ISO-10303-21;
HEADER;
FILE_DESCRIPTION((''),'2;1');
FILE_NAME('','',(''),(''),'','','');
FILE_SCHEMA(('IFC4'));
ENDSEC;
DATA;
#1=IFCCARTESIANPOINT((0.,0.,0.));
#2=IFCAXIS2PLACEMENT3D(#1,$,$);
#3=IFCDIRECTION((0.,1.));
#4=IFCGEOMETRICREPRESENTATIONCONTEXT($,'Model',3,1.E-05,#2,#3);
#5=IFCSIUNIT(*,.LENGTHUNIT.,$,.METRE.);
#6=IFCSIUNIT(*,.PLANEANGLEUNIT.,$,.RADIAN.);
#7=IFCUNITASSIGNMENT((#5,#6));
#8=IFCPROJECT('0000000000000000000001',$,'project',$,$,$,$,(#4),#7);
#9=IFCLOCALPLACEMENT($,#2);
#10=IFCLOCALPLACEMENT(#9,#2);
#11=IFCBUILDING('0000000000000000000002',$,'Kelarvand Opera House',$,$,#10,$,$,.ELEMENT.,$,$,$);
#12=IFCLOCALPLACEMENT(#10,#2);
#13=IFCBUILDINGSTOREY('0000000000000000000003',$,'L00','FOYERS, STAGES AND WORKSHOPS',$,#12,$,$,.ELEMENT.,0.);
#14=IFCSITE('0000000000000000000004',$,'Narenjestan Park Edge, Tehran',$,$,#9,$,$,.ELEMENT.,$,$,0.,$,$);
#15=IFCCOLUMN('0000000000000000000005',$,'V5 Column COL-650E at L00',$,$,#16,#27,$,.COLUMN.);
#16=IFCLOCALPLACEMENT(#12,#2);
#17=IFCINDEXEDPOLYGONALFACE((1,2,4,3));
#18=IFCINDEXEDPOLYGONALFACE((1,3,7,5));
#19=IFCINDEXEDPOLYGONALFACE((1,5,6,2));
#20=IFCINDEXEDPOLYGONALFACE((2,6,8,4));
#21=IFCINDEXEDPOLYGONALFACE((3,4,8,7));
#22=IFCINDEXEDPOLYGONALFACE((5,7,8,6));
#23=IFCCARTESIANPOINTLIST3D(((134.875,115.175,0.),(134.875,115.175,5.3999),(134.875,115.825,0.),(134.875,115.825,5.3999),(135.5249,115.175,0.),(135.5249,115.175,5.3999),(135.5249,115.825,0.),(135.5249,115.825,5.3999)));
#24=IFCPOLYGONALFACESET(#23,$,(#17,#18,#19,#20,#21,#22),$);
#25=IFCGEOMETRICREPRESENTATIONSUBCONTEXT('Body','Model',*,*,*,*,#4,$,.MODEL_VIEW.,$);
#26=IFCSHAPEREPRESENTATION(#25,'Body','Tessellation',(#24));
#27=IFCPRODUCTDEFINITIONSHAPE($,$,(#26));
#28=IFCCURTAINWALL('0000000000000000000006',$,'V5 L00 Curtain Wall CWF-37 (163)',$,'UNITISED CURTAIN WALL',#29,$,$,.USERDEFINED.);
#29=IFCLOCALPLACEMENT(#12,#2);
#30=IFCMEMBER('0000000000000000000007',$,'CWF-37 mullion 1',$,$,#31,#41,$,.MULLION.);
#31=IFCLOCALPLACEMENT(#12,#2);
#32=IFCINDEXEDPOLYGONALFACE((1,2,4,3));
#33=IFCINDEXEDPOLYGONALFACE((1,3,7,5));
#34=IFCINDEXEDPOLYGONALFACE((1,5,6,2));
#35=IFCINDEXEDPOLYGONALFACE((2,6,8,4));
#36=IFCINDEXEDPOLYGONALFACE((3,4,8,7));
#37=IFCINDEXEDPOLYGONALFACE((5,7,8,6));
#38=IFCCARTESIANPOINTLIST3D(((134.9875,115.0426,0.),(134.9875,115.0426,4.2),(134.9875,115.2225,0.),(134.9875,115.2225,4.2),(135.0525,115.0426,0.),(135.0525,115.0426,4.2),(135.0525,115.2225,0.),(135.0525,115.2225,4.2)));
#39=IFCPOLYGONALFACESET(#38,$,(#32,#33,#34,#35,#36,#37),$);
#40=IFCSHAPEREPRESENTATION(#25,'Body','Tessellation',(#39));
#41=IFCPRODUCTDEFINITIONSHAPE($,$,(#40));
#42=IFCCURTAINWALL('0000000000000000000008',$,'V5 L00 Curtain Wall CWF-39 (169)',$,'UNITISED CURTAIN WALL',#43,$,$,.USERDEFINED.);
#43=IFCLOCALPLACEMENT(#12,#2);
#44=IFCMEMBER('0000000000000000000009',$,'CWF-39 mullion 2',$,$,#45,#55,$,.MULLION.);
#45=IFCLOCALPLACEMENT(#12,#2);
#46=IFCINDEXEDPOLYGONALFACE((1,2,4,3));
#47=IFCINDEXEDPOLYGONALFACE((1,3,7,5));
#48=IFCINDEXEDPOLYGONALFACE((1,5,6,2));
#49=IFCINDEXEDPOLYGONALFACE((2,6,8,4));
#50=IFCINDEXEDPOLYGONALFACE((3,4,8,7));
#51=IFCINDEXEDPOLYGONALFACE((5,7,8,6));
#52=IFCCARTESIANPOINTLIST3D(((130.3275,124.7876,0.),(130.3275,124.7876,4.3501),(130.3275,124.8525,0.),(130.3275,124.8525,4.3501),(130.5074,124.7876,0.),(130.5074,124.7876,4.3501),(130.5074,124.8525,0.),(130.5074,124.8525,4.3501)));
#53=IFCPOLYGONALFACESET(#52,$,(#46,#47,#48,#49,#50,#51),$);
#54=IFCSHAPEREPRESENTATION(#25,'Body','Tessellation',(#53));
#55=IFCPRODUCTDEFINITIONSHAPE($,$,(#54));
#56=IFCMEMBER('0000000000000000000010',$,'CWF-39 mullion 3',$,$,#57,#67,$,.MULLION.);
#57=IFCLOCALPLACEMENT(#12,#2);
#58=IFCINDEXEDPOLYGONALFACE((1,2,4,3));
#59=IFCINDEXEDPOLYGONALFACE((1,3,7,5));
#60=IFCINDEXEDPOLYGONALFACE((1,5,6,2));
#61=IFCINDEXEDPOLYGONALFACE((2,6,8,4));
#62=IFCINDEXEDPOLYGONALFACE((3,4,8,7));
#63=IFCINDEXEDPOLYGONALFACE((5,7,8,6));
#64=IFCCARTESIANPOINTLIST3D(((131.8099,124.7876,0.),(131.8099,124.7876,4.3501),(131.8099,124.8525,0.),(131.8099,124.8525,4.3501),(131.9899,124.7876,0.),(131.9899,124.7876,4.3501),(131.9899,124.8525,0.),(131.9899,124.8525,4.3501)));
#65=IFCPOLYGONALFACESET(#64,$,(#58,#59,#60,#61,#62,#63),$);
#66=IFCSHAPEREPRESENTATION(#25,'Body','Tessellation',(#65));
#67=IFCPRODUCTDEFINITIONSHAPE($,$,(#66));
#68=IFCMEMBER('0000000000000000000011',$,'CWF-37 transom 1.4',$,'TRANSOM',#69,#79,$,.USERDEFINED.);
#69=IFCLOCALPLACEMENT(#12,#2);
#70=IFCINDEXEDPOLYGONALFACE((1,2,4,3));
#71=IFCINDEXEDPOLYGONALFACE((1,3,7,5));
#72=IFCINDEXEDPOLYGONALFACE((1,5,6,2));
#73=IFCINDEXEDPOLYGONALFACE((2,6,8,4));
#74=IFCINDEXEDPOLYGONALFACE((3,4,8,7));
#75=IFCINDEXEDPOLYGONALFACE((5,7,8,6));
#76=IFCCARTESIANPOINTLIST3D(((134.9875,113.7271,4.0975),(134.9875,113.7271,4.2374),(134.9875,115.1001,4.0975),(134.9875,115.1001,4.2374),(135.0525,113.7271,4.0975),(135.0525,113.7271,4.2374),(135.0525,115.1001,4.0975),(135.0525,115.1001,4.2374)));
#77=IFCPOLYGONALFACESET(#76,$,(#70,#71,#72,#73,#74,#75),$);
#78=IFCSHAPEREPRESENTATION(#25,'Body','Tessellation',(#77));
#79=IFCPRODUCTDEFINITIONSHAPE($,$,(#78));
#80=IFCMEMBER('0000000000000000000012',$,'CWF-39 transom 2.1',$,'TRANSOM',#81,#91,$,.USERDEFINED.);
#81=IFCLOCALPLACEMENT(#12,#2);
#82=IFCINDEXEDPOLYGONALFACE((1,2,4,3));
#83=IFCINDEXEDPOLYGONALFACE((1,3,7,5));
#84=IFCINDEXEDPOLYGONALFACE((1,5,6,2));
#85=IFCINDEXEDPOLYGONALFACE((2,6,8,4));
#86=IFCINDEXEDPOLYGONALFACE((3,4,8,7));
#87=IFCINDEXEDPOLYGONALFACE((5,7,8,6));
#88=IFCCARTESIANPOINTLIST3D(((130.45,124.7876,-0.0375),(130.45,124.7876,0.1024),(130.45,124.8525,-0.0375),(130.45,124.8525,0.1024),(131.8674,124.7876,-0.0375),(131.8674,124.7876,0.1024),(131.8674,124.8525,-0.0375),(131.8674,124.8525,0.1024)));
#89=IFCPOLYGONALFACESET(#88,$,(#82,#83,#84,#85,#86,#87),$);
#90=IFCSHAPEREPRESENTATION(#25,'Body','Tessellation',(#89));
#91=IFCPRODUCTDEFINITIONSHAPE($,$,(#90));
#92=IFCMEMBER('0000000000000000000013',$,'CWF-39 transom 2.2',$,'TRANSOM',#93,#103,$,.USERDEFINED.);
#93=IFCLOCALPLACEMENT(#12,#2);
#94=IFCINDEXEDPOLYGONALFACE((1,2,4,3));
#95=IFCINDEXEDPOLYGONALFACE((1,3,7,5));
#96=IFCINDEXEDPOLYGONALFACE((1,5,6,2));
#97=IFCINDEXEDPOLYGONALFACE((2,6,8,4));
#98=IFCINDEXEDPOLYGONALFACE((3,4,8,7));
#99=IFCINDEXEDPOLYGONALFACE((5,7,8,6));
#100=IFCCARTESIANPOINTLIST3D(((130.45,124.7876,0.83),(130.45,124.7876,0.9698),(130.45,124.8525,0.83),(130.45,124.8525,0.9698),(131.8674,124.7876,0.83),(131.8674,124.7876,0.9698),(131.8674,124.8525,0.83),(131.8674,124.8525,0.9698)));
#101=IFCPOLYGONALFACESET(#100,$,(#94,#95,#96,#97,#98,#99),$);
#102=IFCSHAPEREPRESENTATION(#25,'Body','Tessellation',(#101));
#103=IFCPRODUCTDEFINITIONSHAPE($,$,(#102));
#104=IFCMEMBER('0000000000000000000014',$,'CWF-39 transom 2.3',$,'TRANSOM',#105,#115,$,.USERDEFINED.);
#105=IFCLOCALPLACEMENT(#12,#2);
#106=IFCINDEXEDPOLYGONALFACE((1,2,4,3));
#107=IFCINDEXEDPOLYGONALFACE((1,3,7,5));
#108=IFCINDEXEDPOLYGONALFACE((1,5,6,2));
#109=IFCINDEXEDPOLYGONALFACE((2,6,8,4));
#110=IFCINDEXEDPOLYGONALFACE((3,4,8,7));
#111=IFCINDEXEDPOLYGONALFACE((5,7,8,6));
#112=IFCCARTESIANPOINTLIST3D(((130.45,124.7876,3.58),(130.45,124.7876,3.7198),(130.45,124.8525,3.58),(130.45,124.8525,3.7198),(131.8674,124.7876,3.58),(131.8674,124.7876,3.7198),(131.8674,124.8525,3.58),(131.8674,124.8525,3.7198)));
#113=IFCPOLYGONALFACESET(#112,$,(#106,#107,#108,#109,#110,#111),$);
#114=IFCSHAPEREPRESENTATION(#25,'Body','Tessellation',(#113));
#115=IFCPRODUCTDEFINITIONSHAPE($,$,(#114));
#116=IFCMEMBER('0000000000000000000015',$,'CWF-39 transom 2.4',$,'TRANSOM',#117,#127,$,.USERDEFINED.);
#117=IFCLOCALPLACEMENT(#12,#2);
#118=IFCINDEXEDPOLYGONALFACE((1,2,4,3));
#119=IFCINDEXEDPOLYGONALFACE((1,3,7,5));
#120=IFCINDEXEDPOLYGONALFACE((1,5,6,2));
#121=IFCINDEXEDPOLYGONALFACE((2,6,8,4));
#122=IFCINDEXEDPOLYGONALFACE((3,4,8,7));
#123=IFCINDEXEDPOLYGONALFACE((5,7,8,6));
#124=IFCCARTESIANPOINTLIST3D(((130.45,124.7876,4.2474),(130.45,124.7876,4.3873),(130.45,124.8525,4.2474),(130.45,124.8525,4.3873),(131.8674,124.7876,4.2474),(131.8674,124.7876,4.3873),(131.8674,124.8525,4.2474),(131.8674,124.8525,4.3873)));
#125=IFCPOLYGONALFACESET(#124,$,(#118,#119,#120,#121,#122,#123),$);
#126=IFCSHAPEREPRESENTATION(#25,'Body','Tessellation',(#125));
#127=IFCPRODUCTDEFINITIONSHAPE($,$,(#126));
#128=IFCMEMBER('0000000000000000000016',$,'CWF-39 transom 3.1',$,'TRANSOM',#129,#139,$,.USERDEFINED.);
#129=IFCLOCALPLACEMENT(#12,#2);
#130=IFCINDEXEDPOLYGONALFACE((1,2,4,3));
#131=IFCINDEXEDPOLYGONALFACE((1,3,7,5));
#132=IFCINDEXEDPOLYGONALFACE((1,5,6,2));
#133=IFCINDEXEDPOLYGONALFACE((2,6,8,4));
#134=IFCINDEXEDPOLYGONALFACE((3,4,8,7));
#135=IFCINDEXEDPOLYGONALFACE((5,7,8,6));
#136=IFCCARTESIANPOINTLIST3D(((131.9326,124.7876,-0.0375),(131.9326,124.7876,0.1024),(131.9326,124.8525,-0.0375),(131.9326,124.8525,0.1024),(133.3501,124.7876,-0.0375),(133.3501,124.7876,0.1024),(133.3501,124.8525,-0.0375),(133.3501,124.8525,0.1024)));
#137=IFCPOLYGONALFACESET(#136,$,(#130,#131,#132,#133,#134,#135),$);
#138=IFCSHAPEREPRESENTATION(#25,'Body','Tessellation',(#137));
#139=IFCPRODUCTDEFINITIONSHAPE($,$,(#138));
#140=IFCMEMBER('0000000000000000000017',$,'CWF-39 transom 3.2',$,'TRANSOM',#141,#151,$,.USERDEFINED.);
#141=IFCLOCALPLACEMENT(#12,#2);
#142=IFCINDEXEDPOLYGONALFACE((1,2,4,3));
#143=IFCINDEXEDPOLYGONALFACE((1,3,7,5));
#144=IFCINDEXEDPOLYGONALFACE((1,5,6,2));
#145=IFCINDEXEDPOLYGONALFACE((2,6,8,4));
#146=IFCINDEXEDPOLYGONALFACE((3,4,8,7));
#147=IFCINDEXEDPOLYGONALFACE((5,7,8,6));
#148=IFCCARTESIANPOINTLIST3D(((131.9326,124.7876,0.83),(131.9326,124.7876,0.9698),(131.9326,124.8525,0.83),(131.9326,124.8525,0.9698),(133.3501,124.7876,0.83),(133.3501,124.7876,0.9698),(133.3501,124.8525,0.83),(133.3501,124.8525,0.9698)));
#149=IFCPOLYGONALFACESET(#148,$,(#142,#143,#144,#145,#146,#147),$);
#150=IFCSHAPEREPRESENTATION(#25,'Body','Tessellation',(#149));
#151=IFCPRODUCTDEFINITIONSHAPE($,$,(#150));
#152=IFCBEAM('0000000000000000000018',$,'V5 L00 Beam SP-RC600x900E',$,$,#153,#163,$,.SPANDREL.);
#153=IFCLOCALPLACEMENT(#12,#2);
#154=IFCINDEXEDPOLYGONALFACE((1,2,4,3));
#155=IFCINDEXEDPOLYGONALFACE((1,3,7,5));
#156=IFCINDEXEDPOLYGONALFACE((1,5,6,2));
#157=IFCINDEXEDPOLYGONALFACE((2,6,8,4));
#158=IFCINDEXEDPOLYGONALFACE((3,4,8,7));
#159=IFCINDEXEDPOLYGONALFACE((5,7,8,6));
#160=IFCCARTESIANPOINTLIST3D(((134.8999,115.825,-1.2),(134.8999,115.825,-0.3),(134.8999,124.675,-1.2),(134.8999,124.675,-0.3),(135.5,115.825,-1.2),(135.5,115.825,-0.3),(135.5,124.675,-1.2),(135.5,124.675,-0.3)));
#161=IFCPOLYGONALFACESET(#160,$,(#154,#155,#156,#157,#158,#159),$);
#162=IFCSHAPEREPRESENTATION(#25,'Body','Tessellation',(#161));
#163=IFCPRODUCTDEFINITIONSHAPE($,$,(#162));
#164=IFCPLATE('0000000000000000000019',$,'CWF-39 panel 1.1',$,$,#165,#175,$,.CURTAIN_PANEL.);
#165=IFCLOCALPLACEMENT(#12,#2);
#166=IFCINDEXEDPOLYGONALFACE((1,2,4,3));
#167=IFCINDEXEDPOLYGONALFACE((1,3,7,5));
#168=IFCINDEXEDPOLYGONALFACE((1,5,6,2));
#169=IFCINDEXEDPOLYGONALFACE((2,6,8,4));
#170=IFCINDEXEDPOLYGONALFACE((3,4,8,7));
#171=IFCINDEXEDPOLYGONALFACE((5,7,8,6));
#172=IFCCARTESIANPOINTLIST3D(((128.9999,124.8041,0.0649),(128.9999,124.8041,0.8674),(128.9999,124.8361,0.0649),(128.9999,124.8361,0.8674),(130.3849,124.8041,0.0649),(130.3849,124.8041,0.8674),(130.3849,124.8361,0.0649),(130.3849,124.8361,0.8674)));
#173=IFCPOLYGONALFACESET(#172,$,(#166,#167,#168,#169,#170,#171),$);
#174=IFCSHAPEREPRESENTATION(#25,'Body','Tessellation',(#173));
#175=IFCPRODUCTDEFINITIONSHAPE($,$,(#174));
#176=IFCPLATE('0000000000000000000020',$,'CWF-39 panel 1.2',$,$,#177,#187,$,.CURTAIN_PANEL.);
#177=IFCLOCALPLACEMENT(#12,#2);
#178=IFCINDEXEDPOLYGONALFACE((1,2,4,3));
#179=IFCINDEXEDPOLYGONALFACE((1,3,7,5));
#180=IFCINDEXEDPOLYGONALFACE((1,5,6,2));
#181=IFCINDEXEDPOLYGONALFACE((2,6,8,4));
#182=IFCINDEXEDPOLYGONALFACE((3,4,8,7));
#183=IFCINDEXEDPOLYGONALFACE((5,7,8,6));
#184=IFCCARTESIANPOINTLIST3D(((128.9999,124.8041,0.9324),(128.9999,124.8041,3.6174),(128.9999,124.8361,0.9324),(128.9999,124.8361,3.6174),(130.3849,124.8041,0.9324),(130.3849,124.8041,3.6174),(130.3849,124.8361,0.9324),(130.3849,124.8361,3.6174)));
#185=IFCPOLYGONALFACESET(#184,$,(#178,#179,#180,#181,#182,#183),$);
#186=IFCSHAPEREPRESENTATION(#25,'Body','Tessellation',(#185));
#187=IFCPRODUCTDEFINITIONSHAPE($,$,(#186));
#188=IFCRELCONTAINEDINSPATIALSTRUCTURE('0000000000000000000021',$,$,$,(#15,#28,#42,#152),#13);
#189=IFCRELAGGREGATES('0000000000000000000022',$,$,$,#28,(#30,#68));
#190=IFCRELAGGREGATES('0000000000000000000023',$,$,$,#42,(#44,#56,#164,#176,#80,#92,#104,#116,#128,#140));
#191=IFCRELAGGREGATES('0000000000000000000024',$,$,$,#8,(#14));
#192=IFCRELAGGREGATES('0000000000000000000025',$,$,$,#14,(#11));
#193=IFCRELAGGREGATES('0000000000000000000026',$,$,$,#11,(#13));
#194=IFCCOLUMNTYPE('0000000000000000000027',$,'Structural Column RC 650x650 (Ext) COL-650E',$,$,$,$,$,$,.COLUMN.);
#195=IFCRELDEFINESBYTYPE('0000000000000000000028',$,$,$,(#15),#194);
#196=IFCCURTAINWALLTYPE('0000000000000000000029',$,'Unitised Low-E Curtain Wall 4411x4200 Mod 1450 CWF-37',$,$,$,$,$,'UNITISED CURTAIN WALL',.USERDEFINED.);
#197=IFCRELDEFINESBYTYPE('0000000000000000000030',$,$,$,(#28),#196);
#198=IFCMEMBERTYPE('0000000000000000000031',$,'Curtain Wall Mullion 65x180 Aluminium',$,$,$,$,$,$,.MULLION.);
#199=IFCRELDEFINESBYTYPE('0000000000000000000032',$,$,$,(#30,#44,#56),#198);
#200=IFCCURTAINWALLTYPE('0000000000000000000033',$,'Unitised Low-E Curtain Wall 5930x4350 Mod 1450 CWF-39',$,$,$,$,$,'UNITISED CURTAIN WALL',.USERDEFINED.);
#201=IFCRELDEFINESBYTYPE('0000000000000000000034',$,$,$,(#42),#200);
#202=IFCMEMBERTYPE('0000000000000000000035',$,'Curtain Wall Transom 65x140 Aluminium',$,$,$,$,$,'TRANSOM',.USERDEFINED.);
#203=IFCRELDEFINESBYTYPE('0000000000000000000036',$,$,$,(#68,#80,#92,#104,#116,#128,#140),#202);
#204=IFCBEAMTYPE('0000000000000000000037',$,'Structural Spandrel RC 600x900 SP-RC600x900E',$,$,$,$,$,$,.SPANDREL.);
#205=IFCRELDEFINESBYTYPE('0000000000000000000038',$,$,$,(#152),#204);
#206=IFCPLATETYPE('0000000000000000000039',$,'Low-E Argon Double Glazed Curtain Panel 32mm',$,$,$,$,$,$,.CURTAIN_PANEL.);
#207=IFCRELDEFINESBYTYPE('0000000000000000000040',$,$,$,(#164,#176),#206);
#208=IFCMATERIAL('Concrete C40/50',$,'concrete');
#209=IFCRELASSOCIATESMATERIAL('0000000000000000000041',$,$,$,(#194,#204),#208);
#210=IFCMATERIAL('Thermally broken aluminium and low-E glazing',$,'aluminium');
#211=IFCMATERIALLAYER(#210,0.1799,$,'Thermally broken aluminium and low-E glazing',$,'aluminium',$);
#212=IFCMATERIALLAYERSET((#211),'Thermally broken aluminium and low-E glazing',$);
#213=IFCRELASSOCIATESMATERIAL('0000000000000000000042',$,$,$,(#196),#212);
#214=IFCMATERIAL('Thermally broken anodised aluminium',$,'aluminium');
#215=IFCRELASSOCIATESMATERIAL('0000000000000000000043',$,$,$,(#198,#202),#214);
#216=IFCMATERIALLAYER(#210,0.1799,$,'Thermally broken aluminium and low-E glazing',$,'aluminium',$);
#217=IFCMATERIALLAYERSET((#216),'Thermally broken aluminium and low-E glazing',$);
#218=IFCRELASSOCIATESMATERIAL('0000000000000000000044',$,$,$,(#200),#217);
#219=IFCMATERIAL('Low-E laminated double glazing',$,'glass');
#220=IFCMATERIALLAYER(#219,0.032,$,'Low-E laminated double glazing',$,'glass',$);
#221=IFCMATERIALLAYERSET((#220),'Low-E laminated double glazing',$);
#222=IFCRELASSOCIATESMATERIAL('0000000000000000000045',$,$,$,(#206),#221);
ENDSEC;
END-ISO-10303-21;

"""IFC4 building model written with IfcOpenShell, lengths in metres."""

from ifc_helpers import new_model, si_unit, direction, frame, origin, origin_2d, place, context, subcontext, project, spatial, rectangle, extrude, material, layer, layer_set, material_profile, profile_set, type_object, element, aggregate, save


model = new_model("IFC4")

# Units and contexts
model_context = context("Model", 3, precision=1e-05, world=origin(), true_north=direction((0.0, 1.0)))
body_context = subcontext(model_context, "Body", "Model", "MODEL_VIEW")
ifc_project = project(units=[si_unit("LENGTHUNIT", "METRE"), si_unit("PLANEANGLEUNIT", "RADIAN")], contexts=[model_context])

# Site, building, storey
site_placement = place(None, origin())
site = spatial("IfcSite", under=ifc_project, at=site_placement, Name="Narenjestan Park Edge, Tehran", CompositionType="ELEMENT", RefElevation=0.0)
building_placement = place(site_placement, origin())
building = spatial("IfcBuilding", under=site, at=building_placement, Name="Kelarvand Opera House", CompositionType="ELEMENT")
storey_placement = place(building_placement, origin())
storey = spatial("IfcBuildingStorey", under=building, at=storey_placement, Name="L00", Description="FOYERS, STAGES AND WORKSHOPS", CompositionType="ELEMENT", Elevation=0.0)

# Column
ifc_material_1 = material(Name="Concrete C40/50", Category="concrete")
ifc_material_profile_1 = material_profile(ifc_material_1, rectangle(XDim=0.6499, YDim=0.6499, at=origin_2d()), Name="RC 650x650", Category="concrete")
ifc_profile_set_1 = profile_set([ifc_material_profile_1], Name="Concrete C40/50")
column_type = type_object("IfcColumnType", Name="Structural Column RC 650x650 (Ext) COL-650E", PredefinedType="COLUMN", material=ifc_profile_set_1)
column_placement = place(storey_placement, frame((135.2, 115.5, 0.0), z_axis=(0.0, 0.0, 1.0), x_axis=(1.0, 0.0, 0.0)))
element("IfcColumn", 1, at=column_placement, inside=storey, type_object=column_type, Name="V5 Column COL-650E at L00", PredefinedType="COLUMN", context=body_context, shape_type="SweptSolid", body=[
    extrude(rectangle(XDim=0.6499, YDim=0.6499, at=origin_2d()), origin(), (0.0, 0.0, 1.0), 5.3999),
])

# Curtain wall, member
ifc_material_2 = material(Name="Thermally broken aluminium and low-E glazing", Category="aluminium")
ifc_layer_1 = layer(ifc_material_2, 0.1799, Name="Thermally broken aluminium and low-E glazing", Category="aluminium")
ifc_layer_set_1 = layer_set([ifc_layer_1], Name="Thermally broken aluminium and low-E glazing")
curtain_wall_type_1 = type_object("IfcCurtainWallType", Name="Unitised Low-E Curtain Wall 4411x4200 Mod 1450 CWF-37", ElementType="UNITISED CURTAIN WALL", PredefinedType="USERDEFINED", material=ifc_layer_set_1)
curtain_wall_1_placement = place(storey_placement, origin())
curtain_wall_1 = element("IfcCurtainWall", 2, at=curtain_wall_1_placement, inside=storey, type_object=curtain_wall_type_1, Name="V5 L00 Curtain Wall CWF-37 (163)", ObjectType="UNITISED CURTAIN WALL", PredefinedType="USERDEFINED")
ifc_material_3 = material(Name="Thermally broken anodised aluminium", Category="aluminium")
ifc_material_profile_2 = material_profile(ifc_material_3, rectangle(XDim=0.0649, YDim=0.1799, at=origin_2d()), Name="ALU MULLION 65x180", Category="aluminium")
ifc_profile_set_2 = profile_set([ifc_material_profile_2], Name="Thermally broken anodised aluminium")
member_type_1 = type_object("IfcMemberType", Name="Curtain Wall Mullion 65x180 Aluminium", PredefinedType="MULLION", material=ifc_profile_set_2)
member_1_placement = place(storey_placement, frame((135.02, 115.1326, 0.0), z_axis=(0.0, 0.0, 1.0), x_axis=(1.0, 0.0, 0.0)))
member_1 = element("IfcMember", 3, at=member_1_placement, type_object=member_type_1, Name="CWF-37 mullion 1", PredefinedType="MULLION", context=body_context, shape_type="SweptSolid", body=[
    extrude(rectangle(XDim=0.0649, YDim=0.1799, at=origin_2d()), origin(), (0.0, 0.0, 1.0), 4.2),
])

# Curtain wall, members
ifc_layer_2 = layer(ifc_material_2, 0.1799, Name="Thermally broken aluminium and low-E glazing", Category="aluminium")
ifc_layer_set_2 = layer_set([ifc_layer_2], Name="Thermally broken aluminium and low-E glazing")
curtain_wall_type_2 = type_object("IfcCurtainWallType", Name="Unitised Low-E Curtain Wall 5930x4350 Mod 1450 CWF-39", ElementType="UNITISED CURTAIN WALL", PredefinedType="USERDEFINED", material=ifc_layer_set_2)
curtain_wall_2_placement = place(storey_placement, origin())
curtain_wall_2 = element("IfcCurtainWall", 4, at=curtain_wall_2_placement, inside=storey, type_object=curtain_wall_type_2, Name="V5 L00 Curtain Wall CWF-39 (169)", ObjectType="UNITISED CURTAIN WALL", PredefinedType="USERDEFINED")
member_2_placement = place(storey_placement, frame((130.4175, 124.8201, 0.0), z_axis=(0.0, 0.0, 1.0), x_axis=(0.0, 1.0, 0.0)))
member_2 = element("IfcMember", 5, at=member_2_placement, type_object=member_type_1, Name="CWF-39 mullion 2", PredefinedType="MULLION", context=body_context, shape_type="SweptSolid", body=[
    extrude(rectangle(XDim=0.0649, YDim=0.1799, at=origin_2d()), origin(), (0.0, 0.0, 1.0), 4.3501),
])
member_3_placement = place(storey_placement, frame((131.8999, 124.8201, 0.0), z_axis=(0.0, 0.0, 1.0), x_axis=(0.0, 1.0, 0.0)))
member_3 = element("IfcMember", 6, at=member_3_placement, type_object=member_type_1, Name="CWF-39 mullion 3", PredefinedType="MULLION", context=body_context, shape_type="SweptSolid", body=[
    extrude(rectangle(XDim=0.0649, YDim=0.1799, at=origin_2d()), origin(), (0.0, 0.0, 1.0), 4.3501),
])

# Members
ifc_material_profile_3 = material_profile(ifc_material_3, rectangle(XDim=0.0649, YDim=0.1399, at=origin_2d()), Name="ALU TRANSOM 65x140", Category="aluminium")
ifc_profile_set_3 = profile_set([ifc_material_profile_3], Name="Thermally broken anodised aluminium")
member_type_2 = type_object("IfcMemberType", Name="Curtain Wall Transom 65x140 Aluminium", ElementType="TRANSOM", PredefinedType="USERDEFINED", material=ifc_profile_set_3)
member_4_placement = place(storey_placement, frame((135.02, 115.1001, 4.1675), z_axis=(0.0, -1.0, 0.0), x_axis=(1.0, 0.0, 0.0)))
member_4 = element("IfcMember", 7, at=member_4_placement, type_object=member_type_2, Name="CWF-37 transom 1.4", ObjectType="TRANSOM", PredefinedType="USERDEFINED", context=body_context, shape_type="SweptSolid", body=[
    extrude(rectangle(XDim=0.0649, YDim=0.1399, at=origin_2d()), origin(), (0.0, 0.0, 1.0), 1.373),
])
aggregate(curtain_wall_1, [member_1, member_4])
member_5_placement = place(storey_placement, frame((130.45, 124.8201, 0.0325), z_axis=(1.0, 0.0, 0.0), x_axis=(0.0, 1.0, 0.0)))
member_5 = element("IfcMember", 8, at=member_5_placement, type_object=member_type_2, Name="CWF-39 transom 2.1", ObjectType="TRANSOM", PredefinedType="USERDEFINED", context=body_context, shape_type="SweptSolid", body=[
    extrude(rectangle(XDim=0.0649, YDim=0.1399, at=origin_2d()), origin(), (0.0, 0.0, 1.0), 1.4175),
])
member_6_placement = place(storey_placement, frame((130.45, 124.8201, 0.8999), z_axis=(1.0, 0.0, 0.0), x_axis=(0.0, 1.0, 0.0)))
member_6 = element("IfcMember", 9, at=member_6_placement, type_object=member_type_2, Name="CWF-39 transom 2.2", ObjectType="TRANSOM", PredefinedType="USERDEFINED", context=body_context, shape_type="SweptSolid", body=[
    extrude(rectangle(XDim=0.0649, YDim=0.1399, at=origin_2d()), origin(), (0.0, 0.0, 1.0), 1.4175),
])
member_7_placement = place(storey_placement, frame((130.45, 124.8201, 3.6499), z_axis=(1.0, 0.0, 0.0), x_axis=(0.0, 1.0, 0.0)))
member_7 = element("IfcMember", 10, at=member_7_placement, type_object=member_type_2, Name="CWF-39 transom 2.3", ObjectType="TRANSOM", PredefinedType="USERDEFINED", context=body_context, shape_type="SweptSolid", body=[
    extrude(rectangle(XDim=0.0649, YDim=0.1399, at=origin_2d()), origin(), (0.0, 0.0, 1.0), 1.4175),
])
member_8_placement = place(storey_placement, frame((130.45, 124.8201, 4.3174), z_axis=(1.0, 0.0, 0.0), x_axis=(0.0, 1.0, 0.0)))
member_8 = element("IfcMember", 11, at=member_8_placement, type_object=member_type_2, Name="CWF-39 transom 2.4", ObjectType="TRANSOM", PredefinedType="USERDEFINED", context=body_context, shape_type="SweptSolid", body=[
    extrude(rectangle(XDim=0.0649, YDim=0.1399, at=origin_2d()), origin(), (0.0, 0.0, 1.0), 1.4175),
])
member_9_placement = place(storey_placement, frame((131.9326, 124.8201, 0.0325), z_axis=(1.0, 0.0, 0.0), x_axis=(0.0, 1.0, 0.0)))
member_9 = element("IfcMember", 12, at=member_9_placement, type_object=member_type_2, Name="CWF-39 transom 3.1", ObjectType="TRANSOM", PredefinedType="USERDEFINED", context=body_context, shape_type="SweptSolid", body=[
    extrude(rectangle(XDim=0.0649, YDim=0.1399, at=origin_2d()), origin(), (0.0, 0.0, 1.0), 1.4175),
])
member_10_placement = place(storey_placement, frame((131.9326, 124.8201, 0.8999), z_axis=(1.0, 0.0, 0.0), x_axis=(0.0, 1.0, 0.0)))
member_10 = element("IfcMember", 13, at=member_10_placement, type_object=member_type_2, Name="CWF-39 transom 3.2", ObjectType="TRANSOM", PredefinedType="USERDEFINED", context=body_context, shape_type="SweptSolid", body=[
    extrude(rectangle(XDim=0.0649, YDim=0.1399, at=origin_2d()), origin(), (0.0, 0.0, 1.0), 1.4175),
])

# Beam
ifc_material_profile_4 = material_profile(ifc_material_1, rectangle(XDim=0.6001, YDim=0.8999, at=origin_2d()), Name="RC 600x900", Category="concrete")
ifc_profile_set_4 = profile_set([ifc_material_profile_4], Name="Concrete C40/50")
beam_type = type_object("IfcBeamType", Name="Structural Spandrel RC 600x900 SP-RC600x900E", PredefinedType="SPANDREL", material=ifc_profile_set_4)
beam_placement = place(storey_placement, frame((135.2, 115.825, -0.75), z_axis=(0.0, 1.0, 0.0), x_axis=(-1.0, 0.0, 0.0)))
element("IfcBeam", 14, at=beam_placement, inside=storey, type_object=beam_type, Name="V5 L00 Beam SP-RC600x900E", PredefinedType="SPANDREL", context=body_context, shape_type="SweptSolid", body=[
    extrude(rectangle(XDim=0.6001, YDim=0.8999, at=origin_2d()), origin(), (0.0, 0.0, 1.0), 8.8501),
])

# Plates
ifc_material_4 = material(Name="Low-E laminated double glazing", Category="glass")
ifc_layer_3 = layer(ifc_material_4, 0.032, Name="Low-E laminated double glazing", Category="glass")
ifc_layer_set_3 = layer_set([ifc_layer_3], Name="Low-E laminated double glazing")
plate_type = type_object("IfcPlateType", Name="Low-E Argon Double Glazed Curtain Panel 32mm", PredefinedType="CURTAIN_PANEL", material=ifc_layer_set_3)
plate_1_placement = place(storey_placement, frame((129.6924, 124.8201, 0.0649), z_axis=(0.0, 0.0, 1.0), x_axis=(1.0, 0.0, 0.0)))
plate_1 = element("IfcPlate", 15, at=plate_1_placement, type_object=plate_type, Name="CWF-39 panel 1.1", PredefinedType="CURTAIN_PANEL", context=body_context, shape_type="SweptSolid", body=[
    extrude(rectangle(XDim=1.385, YDim=0.032, at=origin_2d()), origin(), (0.0, 0.0, 1.0), 0.8025),
])
plate_2_placement = place(storey_placement, frame((129.6924, 124.8201, 0.9324), z_axis=(0.0, 0.0, 1.0), x_axis=(1.0, 0.0, 0.0)))
plate_2 = element("IfcPlate", 16, at=plate_2_placement, type_object=plate_type, Name="CWF-39 panel 1.2", PredefinedType="CURTAIN_PANEL", context=body_context, shape_type="SweptSolid", body=[
    extrude(rectangle(XDim=1.385, YDim=0.032, at=origin_2d()), origin(), (0.0, 0.0, 1.0), 2.6851),
])
aggregate(curtain_wall_2, [member_2, member_3, plate_1, plate_2, member_5, member_6, member_7, member_8, member_9, member_10])

save(model, "model.ifc")
